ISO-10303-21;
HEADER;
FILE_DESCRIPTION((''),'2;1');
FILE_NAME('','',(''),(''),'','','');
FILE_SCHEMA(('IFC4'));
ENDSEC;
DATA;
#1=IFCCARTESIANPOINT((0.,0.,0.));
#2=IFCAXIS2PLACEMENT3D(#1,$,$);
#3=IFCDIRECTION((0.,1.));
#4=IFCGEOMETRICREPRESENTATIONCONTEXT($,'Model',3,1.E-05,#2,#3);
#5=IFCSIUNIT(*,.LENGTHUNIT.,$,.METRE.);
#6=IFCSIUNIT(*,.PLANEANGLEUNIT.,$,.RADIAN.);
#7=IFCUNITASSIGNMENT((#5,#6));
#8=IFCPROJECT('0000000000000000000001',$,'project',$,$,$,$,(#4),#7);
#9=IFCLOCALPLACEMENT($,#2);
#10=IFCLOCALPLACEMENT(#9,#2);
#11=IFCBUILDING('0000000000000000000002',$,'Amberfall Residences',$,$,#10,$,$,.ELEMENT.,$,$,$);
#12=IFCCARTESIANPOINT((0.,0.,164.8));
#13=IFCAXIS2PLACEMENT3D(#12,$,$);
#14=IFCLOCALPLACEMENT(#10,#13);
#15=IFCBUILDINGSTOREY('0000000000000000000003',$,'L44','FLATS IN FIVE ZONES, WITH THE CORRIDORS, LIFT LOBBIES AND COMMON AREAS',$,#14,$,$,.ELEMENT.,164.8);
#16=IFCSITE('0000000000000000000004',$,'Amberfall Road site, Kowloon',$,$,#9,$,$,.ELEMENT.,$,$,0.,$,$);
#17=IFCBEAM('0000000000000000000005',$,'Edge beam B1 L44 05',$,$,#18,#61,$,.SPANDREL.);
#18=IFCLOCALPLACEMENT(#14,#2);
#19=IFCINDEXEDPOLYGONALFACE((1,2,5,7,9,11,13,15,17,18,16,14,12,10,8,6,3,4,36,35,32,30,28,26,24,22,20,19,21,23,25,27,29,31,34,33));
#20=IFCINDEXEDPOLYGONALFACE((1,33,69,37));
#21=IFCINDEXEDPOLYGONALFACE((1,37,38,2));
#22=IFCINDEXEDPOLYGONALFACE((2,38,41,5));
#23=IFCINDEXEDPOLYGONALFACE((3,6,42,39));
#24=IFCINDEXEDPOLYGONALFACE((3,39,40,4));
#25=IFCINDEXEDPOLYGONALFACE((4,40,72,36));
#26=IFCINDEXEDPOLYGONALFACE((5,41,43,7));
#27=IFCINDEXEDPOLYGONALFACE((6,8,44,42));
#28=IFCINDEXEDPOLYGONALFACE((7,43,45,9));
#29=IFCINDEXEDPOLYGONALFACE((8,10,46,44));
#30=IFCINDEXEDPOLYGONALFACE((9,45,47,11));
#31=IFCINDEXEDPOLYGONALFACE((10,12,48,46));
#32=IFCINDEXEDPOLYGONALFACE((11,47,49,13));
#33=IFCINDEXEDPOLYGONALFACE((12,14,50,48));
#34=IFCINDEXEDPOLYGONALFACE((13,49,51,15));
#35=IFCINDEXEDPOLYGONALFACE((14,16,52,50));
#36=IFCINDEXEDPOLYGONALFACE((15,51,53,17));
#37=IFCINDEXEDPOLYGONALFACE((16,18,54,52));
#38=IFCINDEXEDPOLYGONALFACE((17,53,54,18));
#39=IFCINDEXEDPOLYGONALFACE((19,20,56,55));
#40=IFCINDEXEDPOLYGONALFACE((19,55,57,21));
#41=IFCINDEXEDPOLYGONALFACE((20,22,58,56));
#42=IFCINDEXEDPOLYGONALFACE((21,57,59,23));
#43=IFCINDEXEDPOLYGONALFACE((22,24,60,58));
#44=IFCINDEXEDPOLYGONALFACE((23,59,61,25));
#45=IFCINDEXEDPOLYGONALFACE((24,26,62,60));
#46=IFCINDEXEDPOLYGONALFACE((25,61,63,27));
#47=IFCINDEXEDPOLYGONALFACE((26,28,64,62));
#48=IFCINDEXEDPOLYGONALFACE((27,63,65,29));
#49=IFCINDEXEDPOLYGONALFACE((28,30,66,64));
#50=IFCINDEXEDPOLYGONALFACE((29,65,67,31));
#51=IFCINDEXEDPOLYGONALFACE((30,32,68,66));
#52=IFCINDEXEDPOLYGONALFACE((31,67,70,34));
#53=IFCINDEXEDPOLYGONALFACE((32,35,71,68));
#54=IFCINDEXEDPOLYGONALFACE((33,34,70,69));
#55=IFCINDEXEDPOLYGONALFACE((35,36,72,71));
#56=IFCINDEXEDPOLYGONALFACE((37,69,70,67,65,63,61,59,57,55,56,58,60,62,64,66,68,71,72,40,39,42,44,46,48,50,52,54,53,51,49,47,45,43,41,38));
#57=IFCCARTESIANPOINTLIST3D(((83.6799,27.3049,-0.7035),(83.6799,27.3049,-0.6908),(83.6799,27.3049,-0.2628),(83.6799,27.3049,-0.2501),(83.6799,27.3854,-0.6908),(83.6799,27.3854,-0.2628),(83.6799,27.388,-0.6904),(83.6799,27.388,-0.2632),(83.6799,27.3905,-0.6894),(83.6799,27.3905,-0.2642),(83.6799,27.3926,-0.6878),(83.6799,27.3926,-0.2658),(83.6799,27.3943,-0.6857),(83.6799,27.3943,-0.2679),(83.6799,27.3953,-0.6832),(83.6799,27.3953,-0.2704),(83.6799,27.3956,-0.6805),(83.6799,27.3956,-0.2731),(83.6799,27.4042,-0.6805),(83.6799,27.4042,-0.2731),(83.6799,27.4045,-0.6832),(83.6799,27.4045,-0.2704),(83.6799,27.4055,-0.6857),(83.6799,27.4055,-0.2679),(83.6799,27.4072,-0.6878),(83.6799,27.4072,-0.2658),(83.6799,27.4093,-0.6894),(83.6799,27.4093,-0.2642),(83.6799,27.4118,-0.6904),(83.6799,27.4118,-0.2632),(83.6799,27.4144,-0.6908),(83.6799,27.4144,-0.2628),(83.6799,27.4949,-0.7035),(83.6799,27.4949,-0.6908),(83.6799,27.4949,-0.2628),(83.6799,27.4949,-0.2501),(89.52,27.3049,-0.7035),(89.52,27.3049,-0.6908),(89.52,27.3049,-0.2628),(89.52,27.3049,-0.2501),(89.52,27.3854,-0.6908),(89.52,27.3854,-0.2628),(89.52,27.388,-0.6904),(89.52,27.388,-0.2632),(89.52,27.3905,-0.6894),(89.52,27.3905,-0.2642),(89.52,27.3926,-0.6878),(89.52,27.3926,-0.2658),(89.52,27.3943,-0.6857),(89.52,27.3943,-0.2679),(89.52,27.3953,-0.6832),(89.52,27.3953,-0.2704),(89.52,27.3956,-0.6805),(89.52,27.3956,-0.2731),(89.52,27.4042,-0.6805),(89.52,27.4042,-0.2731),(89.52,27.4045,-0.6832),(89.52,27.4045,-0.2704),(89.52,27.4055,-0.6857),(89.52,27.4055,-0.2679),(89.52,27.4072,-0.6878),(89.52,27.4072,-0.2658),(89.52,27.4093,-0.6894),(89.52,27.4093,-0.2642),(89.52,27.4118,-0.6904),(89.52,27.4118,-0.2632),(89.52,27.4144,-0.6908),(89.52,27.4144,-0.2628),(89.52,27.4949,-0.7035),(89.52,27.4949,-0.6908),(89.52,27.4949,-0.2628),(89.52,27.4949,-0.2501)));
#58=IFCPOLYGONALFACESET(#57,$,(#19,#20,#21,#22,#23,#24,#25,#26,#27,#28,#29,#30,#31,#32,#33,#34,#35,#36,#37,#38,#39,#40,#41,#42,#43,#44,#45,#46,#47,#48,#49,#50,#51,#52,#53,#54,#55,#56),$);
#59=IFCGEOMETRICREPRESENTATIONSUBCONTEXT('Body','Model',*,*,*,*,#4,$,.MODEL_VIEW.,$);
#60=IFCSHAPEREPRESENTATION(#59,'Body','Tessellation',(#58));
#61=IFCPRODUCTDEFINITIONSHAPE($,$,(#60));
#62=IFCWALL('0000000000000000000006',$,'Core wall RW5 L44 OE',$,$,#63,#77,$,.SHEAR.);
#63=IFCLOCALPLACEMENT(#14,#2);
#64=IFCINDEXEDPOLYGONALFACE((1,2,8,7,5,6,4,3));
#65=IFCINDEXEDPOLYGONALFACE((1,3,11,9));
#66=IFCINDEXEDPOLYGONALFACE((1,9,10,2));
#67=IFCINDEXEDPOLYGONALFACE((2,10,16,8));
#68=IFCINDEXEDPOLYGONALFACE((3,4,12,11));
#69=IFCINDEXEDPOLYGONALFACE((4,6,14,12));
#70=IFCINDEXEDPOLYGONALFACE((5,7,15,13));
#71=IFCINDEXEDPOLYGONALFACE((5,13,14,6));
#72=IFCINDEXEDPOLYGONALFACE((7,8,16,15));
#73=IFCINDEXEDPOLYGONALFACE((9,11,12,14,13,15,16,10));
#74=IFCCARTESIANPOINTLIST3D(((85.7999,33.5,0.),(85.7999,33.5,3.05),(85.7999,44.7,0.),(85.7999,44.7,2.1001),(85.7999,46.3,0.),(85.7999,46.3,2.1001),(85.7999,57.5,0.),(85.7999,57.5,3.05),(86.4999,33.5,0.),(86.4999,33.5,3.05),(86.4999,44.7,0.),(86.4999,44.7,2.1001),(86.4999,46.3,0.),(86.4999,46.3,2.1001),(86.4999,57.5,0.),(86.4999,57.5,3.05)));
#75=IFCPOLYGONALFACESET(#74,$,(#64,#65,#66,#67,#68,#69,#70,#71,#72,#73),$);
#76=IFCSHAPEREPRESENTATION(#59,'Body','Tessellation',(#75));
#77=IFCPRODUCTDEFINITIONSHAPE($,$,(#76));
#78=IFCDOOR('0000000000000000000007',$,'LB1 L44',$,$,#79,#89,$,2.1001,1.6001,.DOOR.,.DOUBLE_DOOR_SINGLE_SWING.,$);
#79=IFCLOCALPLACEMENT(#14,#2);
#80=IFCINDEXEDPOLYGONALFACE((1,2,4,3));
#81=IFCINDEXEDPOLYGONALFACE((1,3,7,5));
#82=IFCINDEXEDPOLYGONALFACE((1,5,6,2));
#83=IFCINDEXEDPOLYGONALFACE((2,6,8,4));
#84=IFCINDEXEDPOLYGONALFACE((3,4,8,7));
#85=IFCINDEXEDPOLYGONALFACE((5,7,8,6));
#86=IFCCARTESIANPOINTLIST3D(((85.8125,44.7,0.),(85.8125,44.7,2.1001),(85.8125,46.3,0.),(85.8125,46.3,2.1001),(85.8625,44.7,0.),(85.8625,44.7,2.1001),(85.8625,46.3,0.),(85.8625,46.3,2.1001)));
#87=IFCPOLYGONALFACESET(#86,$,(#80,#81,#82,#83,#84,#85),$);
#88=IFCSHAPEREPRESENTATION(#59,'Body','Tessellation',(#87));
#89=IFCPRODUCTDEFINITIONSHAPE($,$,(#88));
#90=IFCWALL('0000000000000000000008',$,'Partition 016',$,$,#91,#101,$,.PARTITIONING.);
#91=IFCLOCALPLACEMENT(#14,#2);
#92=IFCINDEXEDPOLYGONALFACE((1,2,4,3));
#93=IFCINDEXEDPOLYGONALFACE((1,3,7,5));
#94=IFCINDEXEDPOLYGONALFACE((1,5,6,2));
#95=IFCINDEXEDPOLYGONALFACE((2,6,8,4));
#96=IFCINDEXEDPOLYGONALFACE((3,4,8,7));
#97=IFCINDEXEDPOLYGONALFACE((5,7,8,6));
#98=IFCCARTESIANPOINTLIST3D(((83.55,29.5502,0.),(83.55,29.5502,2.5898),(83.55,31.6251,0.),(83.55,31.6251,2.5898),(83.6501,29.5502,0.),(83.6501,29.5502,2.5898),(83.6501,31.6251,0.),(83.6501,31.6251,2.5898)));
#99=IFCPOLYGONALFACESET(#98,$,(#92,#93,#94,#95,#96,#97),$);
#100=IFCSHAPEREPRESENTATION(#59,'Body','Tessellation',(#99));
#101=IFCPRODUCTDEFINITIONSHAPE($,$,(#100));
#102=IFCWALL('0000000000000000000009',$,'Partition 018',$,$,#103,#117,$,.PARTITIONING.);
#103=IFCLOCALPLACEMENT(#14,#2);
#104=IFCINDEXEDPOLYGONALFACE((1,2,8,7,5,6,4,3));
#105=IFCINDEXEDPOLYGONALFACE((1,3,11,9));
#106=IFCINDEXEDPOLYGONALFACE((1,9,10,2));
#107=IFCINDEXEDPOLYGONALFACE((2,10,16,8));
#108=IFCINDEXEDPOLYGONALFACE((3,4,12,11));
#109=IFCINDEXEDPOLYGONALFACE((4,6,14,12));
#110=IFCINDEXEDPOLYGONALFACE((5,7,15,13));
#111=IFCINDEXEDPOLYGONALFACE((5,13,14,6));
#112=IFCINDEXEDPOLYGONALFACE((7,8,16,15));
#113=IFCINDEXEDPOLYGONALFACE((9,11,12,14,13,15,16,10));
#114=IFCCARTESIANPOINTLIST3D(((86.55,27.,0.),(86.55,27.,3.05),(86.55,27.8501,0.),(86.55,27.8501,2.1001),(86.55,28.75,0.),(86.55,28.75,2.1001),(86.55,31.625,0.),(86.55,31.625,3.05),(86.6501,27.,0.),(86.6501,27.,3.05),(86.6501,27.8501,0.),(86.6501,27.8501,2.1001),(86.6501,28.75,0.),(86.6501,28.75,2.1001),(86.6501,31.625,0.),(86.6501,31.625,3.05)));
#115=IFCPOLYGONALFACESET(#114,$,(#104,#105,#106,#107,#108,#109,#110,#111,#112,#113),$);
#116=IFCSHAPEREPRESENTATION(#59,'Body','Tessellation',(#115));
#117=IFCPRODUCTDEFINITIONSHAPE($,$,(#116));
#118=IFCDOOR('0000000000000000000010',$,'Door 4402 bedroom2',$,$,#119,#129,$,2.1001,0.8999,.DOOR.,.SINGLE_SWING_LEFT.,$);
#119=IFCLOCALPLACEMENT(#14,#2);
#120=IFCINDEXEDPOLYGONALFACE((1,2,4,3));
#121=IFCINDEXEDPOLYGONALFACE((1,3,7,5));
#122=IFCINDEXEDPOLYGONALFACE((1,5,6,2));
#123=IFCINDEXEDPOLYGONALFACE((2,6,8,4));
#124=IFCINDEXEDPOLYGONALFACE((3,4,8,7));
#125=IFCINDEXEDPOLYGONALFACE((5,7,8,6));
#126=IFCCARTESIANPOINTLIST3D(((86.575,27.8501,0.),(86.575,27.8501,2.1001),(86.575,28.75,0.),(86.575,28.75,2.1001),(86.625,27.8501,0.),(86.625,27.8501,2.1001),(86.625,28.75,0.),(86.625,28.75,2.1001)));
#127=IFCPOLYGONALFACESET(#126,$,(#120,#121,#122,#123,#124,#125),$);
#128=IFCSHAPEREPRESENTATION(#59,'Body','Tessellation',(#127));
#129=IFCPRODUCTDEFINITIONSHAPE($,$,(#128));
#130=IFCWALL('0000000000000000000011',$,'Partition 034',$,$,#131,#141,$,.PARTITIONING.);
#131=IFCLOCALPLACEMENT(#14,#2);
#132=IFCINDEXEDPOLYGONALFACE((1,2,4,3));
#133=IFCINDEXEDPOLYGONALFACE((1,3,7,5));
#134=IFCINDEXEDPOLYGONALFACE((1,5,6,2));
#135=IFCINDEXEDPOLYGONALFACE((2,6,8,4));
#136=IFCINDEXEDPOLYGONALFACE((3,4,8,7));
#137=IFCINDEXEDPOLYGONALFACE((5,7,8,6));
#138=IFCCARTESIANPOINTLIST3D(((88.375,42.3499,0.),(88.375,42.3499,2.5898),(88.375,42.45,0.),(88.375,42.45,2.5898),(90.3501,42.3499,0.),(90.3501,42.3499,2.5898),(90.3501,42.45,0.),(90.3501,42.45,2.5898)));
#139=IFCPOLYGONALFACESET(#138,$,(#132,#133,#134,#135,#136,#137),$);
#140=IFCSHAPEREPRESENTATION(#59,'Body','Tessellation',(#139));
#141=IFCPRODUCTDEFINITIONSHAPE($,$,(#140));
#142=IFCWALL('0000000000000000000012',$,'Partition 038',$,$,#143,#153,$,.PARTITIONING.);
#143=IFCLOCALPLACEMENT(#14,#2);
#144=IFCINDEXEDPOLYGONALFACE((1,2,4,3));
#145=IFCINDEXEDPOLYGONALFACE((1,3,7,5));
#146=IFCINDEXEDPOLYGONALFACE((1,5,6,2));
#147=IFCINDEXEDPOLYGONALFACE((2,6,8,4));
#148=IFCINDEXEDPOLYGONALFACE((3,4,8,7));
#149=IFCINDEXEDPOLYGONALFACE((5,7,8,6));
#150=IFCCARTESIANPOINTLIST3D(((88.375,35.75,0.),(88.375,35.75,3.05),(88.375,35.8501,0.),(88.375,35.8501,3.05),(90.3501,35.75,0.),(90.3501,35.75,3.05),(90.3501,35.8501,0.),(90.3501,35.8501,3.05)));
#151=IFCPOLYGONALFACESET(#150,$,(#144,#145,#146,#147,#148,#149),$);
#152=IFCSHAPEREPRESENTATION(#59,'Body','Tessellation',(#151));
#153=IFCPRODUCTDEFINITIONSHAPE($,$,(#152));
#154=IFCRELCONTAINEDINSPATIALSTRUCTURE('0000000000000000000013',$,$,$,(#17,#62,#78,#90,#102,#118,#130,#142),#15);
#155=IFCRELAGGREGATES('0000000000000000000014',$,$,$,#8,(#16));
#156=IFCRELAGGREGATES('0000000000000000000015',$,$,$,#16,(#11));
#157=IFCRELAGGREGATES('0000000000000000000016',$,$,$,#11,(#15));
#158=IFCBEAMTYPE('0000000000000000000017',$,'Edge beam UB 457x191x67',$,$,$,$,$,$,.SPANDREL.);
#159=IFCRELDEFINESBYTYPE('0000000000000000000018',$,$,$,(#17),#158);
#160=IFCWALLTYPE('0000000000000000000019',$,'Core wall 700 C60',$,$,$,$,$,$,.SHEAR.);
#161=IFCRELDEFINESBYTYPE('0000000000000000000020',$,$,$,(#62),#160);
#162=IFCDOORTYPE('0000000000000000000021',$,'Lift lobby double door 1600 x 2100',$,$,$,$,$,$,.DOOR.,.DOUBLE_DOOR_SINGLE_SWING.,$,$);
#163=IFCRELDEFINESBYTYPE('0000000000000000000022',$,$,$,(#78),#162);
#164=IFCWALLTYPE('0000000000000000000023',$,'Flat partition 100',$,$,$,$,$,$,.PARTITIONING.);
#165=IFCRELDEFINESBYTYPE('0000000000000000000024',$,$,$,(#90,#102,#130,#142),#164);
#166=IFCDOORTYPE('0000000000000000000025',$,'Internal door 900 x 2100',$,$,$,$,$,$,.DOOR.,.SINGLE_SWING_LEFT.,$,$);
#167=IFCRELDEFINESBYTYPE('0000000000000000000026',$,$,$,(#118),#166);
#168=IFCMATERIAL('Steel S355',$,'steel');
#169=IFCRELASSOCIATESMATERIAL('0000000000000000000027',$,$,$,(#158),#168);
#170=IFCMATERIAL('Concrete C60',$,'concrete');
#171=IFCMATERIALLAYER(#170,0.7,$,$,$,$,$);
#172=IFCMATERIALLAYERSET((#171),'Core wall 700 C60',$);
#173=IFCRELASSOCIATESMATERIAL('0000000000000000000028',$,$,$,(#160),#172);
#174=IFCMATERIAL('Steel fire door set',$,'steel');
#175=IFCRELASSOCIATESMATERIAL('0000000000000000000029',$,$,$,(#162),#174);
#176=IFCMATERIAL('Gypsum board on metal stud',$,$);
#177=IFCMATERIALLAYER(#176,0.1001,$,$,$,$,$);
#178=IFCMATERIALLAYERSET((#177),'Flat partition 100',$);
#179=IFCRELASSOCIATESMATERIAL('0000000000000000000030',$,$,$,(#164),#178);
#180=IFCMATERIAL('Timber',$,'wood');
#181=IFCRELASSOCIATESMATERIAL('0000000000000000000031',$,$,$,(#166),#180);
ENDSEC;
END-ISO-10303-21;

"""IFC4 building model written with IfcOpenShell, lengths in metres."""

from ifc_helpers import new_model, si_unit, direction, frame, frame_2d, origin, origin_2d, place, context, subcontext, project, spatial, rectangle, i_section, extrude, material, layer, layer_set, material_profile, profile_set, type_object, element, fill, save


model = new_model("IFC4")

# Units and contexts
model_context = context("Model", 3, precision=1e-05, world=origin(), true_north=direction((0.0, 1.0)))
body_context = subcontext(model_context, "Body", "Model", "MODEL_VIEW")
ifc_project = project(units=[si_unit("LENGTHUNIT", "METRE"), si_unit("PLANEANGLEUNIT", "RADIAN")], contexts=[model_context])

# Site, building, storey
site_placement = place(None, origin())
site = spatial("IfcSite", under=ifc_project, at=site_placement, Name="Amberfall Road site, Kowloon", CompositionType="ELEMENT", RefElevation=0.0)
building_placement = place(site_placement, origin())
building = spatial("IfcBuilding", under=site, at=building_placement, Name="Amberfall Residences", CompositionType="ELEMENT")
storey_placement = place(building_placement, frame((0.0, 0.0, 164.8)))
storey = spatial("IfcBuildingStorey", under=building, at=storey_placement, Name="L44", Description="FLATS IN FIVE ZONES, WITH THE CORRIDORS, LIFT LOBBIES AND COMMON AREAS", CompositionType="ELEMENT", Elevation=164.8)

# Beam
ifc_material_1 = material(Name="Steel S355", Category="steel")
ifc_material_profile = material_profile(ifc_material_1, i_section(OverallWidth=0.1899, OverallDepth=0.4534, WebThickness=0.0085, FlangeThickness=0.0127, FilletRadius=0.0103, at=origin_2d()), Name="UB 457x191x67")
ifc_profile_set = profile_set([ifc_material_profile], Name="Steel S355")
beam_type = type_object("IfcBeamType", Name="Edge beam UB 457x191x67", PredefinedType="SPANDREL", material=ifc_profile_set)
beam_placement = place(storey_placement, frame((83.6799, 27.3999, -0.4768), z_axis=(1.0, 0.0, 0.0), x_axis=(0.0, 1.0, 0.0)))
element("IfcBeam", 1, at=beam_placement, inside=storey, type_object=beam_type, Name="Edge beam B1 L44 05", PredefinedType="SPANDREL", context=body_context, shape_type="SweptSolid", body=[
    extrude(i_section(OverallWidth=0.1899, OverallDepth=0.4534, WebThickness=0.0085, FlangeThickness=0.0127, FilletRadius=0.0103, at=origin_2d()), origin(), (0.0, 0.0, 1.0), 5.8401),
])

# Wall, opening, door
ifc_material_2 = material(Name="Concrete C60", Category="concrete")
ifc_layer_1 = layer(ifc_material_2, 0.7)
ifc_layer_set_1 = layer_set([ifc_layer_1], Name="Core wall 700 C60")
wall_type_1 = type_object("IfcWallType", Name="Core wall 700 C60", PredefinedType="SHEAR", material=ifc_layer_set_1)
wall_1_placement = place(storey_placement, frame((86.1499, 33.5, 0.0), z_axis=(0.0, 0.0, 1.0), x_axis=(0.0, 1.0, 0.0)))
wall_1 = element("IfcWall", 2, at=wall_1_placement, inside=storey, type_object=wall_type_1, Name="Core wall RW5 L44 OE", PredefinedType="SHEAR", context=body_context, shape_type="SweptSolid", body=[
    extrude(rectangle(XDim=24.0, YDim=0.7, at=frame_2d((12.0, 0.0))), origin(), (0.0, 0.0, 1.0), 3.05),
])
opening_1_placement = place(wall_1_placement, frame((11.2, 0.0, 0.0)))
opening_1 = element("IfcOpeningElement", 3, at=opening_1_placement, cuts=wall_1, PredefinedType="OPENING", context=body_context, shape_type="SweptSolid", body=[
    extrude(rectangle(XDim=1.6001, YDim=2.1001, at=frame_2d((0.8, 1.05))), frame((0.0, 0.3599, 0.0), z_axis=(0.0, -1.0, 0.0), x_axis=(1.0, 0.0, 0.0)), (0.0, 0.0, 1.0), 0.72),
])
ifc_material_3 = material(Name="Steel fire door set", Category="steel")
door_type_1 = type_object("IfcDoorType", Name="Lift lobby double door 1600 x 2100", OperationType="DOUBLE_DOOR_SINGLE_SWING", PredefinedType="DOOR", material=ifc_material_3)
door_1_placement = place(opening_1_placement, origin())
door_1 = element("IfcDoor", 4, at=door_1_placement, inside=storey, type_object=door_type_1, Name="LB1 L44", OperationType="DOUBLE_DOOR_SINGLE_SWING", OverallHeight=2.1001, OverallWidth=1.6001, PredefinedType="DOOR", context=body_context, shape_type="SweptSolid", body=[
    extrude(rectangle(XDim=1.6001, YDim=2.1001, at=frame_2d((0.8, 1.05))), frame((0.0, 0.3374, 0.0), z_axis=(0.0, -1.0, 0.0), x_axis=(1.0, 0.0, 0.0)), (0.0, 0.0, 1.0), 0.05),
])
fill(opening_1, door_1)

# Wall
ifc_material_4 = material(Name="Gypsum board on metal stud")
ifc_layer_2 = layer(ifc_material_4, 0.1001)
ifc_layer_set_2 = layer_set([ifc_layer_2], Name="Flat partition 100")
wall_type_2 = type_object("IfcWallType", Name="Flat partition 100", PredefinedType="PARTITIONING", material=ifc_layer_set_2)
wall_2_placement = place(storey_placement, frame((83.6001, 29.55, 0.0), z_axis=(0.0, 0.0, 1.0), x_axis=(0.0, 1.0, 0.0)))
element("IfcWall", 5, at=wall_2_placement, inside=storey, type_object=wall_type_2, Name="Partition 016", PredefinedType="PARTITIONING", context=body_context, shape_type="SweptSolid", body=[
    extrude(rectangle(XDim=2.075, YDim=0.1001, at=frame_2d((1.0376, 0.0))), origin(), (0.0, 0.0, 1.0), 2.5898),
])

# Wall, opening, door
wall_3_placement = place(storey_placement, frame((86.6001, 31.625, 0.0), z_axis=(0.0, 0.0, 1.0), x_axis=(0.0, -1.0, 0.0)))
wall_3 = element("IfcWall", 6, at=wall_3_placement, inside=storey, type_object=wall_type_2, Name="Partition 018", PredefinedType="PARTITIONING", context=body_context, shape_type="SweptSolid", body=[
    extrude(rectangle(XDim=4.625, YDim=0.1001, at=frame_2d((2.3125, 0.0))), origin(), (0.0, 0.0, 1.0), 3.05),
])
opening_2_placement = place(wall_3_placement, frame((2.875, 0.0, 0.0)))
opening_2 = element("IfcOpeningElement", 7, at=opening_2_placement, cuts=wall_3, PredefinedType="OPENING", context=body_context, shape_type="SweptSolid", body=[
    extrude(rectangle(XDim=0.8999, YDim=2.1001, at=frame_2d((0.45, 1.05))), frame((0.0, 0.0601, 0.0), z_axis=(0.0, -1.0, 0.0), x_axis=(1.0, 0.0, 0.0)), (0.0, 0.0, 1.0), 0.1201),
])
ifc_material_5 = material(Name="Timber", Category="wood")
door_type_2 = type_object("IfcDoorType", Name="Internal door 900 x 2100", OperationType="SINGLE_SWING_LEFT", PredefinedType="DOOR", material=ifc_material_5)
door_2_placement = place(opening_2_placement, origin())
door_2 = element("IfcDoor", 8, at=door_2_placement, inside=storey, type_object=door_type_2, Name="Door 4402 bedroom2", OperationType="SINGLE_SWING_LEFT", OverallHeight=2.1001, OverallWidth=0.8999, PredefinedType="DOOR", context=body_context, shape_type="SweptSolid", body=[
    extrude(rectangle(XDim=0.8999, YDim=2.1001, at=frame_2d((0.45, 1.05))), frame((0.0, 0.0249, 0.0), z_axis=(0.0, -1.0, 0.0), x_axis=(1.0, 0.0, 0.0)), (0.0, 0.0, 1.0), 0.05),
])
fill(opening_2, door_2)

# Walls
wall_4_placement = place(storey_placement, frame((88.375, 42.3999, 0.0), z_axis=(0.0, 0.0, 1.0), x_axis=(1.0, 0.0, 0.0)))
element("IfcWall", 9, at=wall_4_placement, inside=storey, type_object=wall_type_2, Name="Partition 034", PredefinedType="PARTITIONING", context=body_context, shape_type="SweptSolid", body=[
    extrude(rectangle(XDim=1.9751, YDim=0.1001, at=frame_2d((0.9875, 0.0))), origin(), (0.0, 0.0, 1.0), 2.5898),
])
wall_5_placement = place(storey_placement, frame((88.375, 35.8, 0.0), z_axis=(0.0, 0.0, 1.0), x_axis=(1.0, 0.0, 0.0)))
element("IfcWall", 10, at=wall_5_placement, inside=storey, type_object=wall_type_2, Name="Partition 038", PredefinedType="PARTITIONING", context=body_context, shape_type="SweptSolid", body=[
    extrude(rectangle(XDim=1.9751, YDim=0.1001, at=frame_2d((0.9875, 0.0))), origin(), (0.0, 0.0, 1.0), 3.05),
])

save(model, "model.ifc")
